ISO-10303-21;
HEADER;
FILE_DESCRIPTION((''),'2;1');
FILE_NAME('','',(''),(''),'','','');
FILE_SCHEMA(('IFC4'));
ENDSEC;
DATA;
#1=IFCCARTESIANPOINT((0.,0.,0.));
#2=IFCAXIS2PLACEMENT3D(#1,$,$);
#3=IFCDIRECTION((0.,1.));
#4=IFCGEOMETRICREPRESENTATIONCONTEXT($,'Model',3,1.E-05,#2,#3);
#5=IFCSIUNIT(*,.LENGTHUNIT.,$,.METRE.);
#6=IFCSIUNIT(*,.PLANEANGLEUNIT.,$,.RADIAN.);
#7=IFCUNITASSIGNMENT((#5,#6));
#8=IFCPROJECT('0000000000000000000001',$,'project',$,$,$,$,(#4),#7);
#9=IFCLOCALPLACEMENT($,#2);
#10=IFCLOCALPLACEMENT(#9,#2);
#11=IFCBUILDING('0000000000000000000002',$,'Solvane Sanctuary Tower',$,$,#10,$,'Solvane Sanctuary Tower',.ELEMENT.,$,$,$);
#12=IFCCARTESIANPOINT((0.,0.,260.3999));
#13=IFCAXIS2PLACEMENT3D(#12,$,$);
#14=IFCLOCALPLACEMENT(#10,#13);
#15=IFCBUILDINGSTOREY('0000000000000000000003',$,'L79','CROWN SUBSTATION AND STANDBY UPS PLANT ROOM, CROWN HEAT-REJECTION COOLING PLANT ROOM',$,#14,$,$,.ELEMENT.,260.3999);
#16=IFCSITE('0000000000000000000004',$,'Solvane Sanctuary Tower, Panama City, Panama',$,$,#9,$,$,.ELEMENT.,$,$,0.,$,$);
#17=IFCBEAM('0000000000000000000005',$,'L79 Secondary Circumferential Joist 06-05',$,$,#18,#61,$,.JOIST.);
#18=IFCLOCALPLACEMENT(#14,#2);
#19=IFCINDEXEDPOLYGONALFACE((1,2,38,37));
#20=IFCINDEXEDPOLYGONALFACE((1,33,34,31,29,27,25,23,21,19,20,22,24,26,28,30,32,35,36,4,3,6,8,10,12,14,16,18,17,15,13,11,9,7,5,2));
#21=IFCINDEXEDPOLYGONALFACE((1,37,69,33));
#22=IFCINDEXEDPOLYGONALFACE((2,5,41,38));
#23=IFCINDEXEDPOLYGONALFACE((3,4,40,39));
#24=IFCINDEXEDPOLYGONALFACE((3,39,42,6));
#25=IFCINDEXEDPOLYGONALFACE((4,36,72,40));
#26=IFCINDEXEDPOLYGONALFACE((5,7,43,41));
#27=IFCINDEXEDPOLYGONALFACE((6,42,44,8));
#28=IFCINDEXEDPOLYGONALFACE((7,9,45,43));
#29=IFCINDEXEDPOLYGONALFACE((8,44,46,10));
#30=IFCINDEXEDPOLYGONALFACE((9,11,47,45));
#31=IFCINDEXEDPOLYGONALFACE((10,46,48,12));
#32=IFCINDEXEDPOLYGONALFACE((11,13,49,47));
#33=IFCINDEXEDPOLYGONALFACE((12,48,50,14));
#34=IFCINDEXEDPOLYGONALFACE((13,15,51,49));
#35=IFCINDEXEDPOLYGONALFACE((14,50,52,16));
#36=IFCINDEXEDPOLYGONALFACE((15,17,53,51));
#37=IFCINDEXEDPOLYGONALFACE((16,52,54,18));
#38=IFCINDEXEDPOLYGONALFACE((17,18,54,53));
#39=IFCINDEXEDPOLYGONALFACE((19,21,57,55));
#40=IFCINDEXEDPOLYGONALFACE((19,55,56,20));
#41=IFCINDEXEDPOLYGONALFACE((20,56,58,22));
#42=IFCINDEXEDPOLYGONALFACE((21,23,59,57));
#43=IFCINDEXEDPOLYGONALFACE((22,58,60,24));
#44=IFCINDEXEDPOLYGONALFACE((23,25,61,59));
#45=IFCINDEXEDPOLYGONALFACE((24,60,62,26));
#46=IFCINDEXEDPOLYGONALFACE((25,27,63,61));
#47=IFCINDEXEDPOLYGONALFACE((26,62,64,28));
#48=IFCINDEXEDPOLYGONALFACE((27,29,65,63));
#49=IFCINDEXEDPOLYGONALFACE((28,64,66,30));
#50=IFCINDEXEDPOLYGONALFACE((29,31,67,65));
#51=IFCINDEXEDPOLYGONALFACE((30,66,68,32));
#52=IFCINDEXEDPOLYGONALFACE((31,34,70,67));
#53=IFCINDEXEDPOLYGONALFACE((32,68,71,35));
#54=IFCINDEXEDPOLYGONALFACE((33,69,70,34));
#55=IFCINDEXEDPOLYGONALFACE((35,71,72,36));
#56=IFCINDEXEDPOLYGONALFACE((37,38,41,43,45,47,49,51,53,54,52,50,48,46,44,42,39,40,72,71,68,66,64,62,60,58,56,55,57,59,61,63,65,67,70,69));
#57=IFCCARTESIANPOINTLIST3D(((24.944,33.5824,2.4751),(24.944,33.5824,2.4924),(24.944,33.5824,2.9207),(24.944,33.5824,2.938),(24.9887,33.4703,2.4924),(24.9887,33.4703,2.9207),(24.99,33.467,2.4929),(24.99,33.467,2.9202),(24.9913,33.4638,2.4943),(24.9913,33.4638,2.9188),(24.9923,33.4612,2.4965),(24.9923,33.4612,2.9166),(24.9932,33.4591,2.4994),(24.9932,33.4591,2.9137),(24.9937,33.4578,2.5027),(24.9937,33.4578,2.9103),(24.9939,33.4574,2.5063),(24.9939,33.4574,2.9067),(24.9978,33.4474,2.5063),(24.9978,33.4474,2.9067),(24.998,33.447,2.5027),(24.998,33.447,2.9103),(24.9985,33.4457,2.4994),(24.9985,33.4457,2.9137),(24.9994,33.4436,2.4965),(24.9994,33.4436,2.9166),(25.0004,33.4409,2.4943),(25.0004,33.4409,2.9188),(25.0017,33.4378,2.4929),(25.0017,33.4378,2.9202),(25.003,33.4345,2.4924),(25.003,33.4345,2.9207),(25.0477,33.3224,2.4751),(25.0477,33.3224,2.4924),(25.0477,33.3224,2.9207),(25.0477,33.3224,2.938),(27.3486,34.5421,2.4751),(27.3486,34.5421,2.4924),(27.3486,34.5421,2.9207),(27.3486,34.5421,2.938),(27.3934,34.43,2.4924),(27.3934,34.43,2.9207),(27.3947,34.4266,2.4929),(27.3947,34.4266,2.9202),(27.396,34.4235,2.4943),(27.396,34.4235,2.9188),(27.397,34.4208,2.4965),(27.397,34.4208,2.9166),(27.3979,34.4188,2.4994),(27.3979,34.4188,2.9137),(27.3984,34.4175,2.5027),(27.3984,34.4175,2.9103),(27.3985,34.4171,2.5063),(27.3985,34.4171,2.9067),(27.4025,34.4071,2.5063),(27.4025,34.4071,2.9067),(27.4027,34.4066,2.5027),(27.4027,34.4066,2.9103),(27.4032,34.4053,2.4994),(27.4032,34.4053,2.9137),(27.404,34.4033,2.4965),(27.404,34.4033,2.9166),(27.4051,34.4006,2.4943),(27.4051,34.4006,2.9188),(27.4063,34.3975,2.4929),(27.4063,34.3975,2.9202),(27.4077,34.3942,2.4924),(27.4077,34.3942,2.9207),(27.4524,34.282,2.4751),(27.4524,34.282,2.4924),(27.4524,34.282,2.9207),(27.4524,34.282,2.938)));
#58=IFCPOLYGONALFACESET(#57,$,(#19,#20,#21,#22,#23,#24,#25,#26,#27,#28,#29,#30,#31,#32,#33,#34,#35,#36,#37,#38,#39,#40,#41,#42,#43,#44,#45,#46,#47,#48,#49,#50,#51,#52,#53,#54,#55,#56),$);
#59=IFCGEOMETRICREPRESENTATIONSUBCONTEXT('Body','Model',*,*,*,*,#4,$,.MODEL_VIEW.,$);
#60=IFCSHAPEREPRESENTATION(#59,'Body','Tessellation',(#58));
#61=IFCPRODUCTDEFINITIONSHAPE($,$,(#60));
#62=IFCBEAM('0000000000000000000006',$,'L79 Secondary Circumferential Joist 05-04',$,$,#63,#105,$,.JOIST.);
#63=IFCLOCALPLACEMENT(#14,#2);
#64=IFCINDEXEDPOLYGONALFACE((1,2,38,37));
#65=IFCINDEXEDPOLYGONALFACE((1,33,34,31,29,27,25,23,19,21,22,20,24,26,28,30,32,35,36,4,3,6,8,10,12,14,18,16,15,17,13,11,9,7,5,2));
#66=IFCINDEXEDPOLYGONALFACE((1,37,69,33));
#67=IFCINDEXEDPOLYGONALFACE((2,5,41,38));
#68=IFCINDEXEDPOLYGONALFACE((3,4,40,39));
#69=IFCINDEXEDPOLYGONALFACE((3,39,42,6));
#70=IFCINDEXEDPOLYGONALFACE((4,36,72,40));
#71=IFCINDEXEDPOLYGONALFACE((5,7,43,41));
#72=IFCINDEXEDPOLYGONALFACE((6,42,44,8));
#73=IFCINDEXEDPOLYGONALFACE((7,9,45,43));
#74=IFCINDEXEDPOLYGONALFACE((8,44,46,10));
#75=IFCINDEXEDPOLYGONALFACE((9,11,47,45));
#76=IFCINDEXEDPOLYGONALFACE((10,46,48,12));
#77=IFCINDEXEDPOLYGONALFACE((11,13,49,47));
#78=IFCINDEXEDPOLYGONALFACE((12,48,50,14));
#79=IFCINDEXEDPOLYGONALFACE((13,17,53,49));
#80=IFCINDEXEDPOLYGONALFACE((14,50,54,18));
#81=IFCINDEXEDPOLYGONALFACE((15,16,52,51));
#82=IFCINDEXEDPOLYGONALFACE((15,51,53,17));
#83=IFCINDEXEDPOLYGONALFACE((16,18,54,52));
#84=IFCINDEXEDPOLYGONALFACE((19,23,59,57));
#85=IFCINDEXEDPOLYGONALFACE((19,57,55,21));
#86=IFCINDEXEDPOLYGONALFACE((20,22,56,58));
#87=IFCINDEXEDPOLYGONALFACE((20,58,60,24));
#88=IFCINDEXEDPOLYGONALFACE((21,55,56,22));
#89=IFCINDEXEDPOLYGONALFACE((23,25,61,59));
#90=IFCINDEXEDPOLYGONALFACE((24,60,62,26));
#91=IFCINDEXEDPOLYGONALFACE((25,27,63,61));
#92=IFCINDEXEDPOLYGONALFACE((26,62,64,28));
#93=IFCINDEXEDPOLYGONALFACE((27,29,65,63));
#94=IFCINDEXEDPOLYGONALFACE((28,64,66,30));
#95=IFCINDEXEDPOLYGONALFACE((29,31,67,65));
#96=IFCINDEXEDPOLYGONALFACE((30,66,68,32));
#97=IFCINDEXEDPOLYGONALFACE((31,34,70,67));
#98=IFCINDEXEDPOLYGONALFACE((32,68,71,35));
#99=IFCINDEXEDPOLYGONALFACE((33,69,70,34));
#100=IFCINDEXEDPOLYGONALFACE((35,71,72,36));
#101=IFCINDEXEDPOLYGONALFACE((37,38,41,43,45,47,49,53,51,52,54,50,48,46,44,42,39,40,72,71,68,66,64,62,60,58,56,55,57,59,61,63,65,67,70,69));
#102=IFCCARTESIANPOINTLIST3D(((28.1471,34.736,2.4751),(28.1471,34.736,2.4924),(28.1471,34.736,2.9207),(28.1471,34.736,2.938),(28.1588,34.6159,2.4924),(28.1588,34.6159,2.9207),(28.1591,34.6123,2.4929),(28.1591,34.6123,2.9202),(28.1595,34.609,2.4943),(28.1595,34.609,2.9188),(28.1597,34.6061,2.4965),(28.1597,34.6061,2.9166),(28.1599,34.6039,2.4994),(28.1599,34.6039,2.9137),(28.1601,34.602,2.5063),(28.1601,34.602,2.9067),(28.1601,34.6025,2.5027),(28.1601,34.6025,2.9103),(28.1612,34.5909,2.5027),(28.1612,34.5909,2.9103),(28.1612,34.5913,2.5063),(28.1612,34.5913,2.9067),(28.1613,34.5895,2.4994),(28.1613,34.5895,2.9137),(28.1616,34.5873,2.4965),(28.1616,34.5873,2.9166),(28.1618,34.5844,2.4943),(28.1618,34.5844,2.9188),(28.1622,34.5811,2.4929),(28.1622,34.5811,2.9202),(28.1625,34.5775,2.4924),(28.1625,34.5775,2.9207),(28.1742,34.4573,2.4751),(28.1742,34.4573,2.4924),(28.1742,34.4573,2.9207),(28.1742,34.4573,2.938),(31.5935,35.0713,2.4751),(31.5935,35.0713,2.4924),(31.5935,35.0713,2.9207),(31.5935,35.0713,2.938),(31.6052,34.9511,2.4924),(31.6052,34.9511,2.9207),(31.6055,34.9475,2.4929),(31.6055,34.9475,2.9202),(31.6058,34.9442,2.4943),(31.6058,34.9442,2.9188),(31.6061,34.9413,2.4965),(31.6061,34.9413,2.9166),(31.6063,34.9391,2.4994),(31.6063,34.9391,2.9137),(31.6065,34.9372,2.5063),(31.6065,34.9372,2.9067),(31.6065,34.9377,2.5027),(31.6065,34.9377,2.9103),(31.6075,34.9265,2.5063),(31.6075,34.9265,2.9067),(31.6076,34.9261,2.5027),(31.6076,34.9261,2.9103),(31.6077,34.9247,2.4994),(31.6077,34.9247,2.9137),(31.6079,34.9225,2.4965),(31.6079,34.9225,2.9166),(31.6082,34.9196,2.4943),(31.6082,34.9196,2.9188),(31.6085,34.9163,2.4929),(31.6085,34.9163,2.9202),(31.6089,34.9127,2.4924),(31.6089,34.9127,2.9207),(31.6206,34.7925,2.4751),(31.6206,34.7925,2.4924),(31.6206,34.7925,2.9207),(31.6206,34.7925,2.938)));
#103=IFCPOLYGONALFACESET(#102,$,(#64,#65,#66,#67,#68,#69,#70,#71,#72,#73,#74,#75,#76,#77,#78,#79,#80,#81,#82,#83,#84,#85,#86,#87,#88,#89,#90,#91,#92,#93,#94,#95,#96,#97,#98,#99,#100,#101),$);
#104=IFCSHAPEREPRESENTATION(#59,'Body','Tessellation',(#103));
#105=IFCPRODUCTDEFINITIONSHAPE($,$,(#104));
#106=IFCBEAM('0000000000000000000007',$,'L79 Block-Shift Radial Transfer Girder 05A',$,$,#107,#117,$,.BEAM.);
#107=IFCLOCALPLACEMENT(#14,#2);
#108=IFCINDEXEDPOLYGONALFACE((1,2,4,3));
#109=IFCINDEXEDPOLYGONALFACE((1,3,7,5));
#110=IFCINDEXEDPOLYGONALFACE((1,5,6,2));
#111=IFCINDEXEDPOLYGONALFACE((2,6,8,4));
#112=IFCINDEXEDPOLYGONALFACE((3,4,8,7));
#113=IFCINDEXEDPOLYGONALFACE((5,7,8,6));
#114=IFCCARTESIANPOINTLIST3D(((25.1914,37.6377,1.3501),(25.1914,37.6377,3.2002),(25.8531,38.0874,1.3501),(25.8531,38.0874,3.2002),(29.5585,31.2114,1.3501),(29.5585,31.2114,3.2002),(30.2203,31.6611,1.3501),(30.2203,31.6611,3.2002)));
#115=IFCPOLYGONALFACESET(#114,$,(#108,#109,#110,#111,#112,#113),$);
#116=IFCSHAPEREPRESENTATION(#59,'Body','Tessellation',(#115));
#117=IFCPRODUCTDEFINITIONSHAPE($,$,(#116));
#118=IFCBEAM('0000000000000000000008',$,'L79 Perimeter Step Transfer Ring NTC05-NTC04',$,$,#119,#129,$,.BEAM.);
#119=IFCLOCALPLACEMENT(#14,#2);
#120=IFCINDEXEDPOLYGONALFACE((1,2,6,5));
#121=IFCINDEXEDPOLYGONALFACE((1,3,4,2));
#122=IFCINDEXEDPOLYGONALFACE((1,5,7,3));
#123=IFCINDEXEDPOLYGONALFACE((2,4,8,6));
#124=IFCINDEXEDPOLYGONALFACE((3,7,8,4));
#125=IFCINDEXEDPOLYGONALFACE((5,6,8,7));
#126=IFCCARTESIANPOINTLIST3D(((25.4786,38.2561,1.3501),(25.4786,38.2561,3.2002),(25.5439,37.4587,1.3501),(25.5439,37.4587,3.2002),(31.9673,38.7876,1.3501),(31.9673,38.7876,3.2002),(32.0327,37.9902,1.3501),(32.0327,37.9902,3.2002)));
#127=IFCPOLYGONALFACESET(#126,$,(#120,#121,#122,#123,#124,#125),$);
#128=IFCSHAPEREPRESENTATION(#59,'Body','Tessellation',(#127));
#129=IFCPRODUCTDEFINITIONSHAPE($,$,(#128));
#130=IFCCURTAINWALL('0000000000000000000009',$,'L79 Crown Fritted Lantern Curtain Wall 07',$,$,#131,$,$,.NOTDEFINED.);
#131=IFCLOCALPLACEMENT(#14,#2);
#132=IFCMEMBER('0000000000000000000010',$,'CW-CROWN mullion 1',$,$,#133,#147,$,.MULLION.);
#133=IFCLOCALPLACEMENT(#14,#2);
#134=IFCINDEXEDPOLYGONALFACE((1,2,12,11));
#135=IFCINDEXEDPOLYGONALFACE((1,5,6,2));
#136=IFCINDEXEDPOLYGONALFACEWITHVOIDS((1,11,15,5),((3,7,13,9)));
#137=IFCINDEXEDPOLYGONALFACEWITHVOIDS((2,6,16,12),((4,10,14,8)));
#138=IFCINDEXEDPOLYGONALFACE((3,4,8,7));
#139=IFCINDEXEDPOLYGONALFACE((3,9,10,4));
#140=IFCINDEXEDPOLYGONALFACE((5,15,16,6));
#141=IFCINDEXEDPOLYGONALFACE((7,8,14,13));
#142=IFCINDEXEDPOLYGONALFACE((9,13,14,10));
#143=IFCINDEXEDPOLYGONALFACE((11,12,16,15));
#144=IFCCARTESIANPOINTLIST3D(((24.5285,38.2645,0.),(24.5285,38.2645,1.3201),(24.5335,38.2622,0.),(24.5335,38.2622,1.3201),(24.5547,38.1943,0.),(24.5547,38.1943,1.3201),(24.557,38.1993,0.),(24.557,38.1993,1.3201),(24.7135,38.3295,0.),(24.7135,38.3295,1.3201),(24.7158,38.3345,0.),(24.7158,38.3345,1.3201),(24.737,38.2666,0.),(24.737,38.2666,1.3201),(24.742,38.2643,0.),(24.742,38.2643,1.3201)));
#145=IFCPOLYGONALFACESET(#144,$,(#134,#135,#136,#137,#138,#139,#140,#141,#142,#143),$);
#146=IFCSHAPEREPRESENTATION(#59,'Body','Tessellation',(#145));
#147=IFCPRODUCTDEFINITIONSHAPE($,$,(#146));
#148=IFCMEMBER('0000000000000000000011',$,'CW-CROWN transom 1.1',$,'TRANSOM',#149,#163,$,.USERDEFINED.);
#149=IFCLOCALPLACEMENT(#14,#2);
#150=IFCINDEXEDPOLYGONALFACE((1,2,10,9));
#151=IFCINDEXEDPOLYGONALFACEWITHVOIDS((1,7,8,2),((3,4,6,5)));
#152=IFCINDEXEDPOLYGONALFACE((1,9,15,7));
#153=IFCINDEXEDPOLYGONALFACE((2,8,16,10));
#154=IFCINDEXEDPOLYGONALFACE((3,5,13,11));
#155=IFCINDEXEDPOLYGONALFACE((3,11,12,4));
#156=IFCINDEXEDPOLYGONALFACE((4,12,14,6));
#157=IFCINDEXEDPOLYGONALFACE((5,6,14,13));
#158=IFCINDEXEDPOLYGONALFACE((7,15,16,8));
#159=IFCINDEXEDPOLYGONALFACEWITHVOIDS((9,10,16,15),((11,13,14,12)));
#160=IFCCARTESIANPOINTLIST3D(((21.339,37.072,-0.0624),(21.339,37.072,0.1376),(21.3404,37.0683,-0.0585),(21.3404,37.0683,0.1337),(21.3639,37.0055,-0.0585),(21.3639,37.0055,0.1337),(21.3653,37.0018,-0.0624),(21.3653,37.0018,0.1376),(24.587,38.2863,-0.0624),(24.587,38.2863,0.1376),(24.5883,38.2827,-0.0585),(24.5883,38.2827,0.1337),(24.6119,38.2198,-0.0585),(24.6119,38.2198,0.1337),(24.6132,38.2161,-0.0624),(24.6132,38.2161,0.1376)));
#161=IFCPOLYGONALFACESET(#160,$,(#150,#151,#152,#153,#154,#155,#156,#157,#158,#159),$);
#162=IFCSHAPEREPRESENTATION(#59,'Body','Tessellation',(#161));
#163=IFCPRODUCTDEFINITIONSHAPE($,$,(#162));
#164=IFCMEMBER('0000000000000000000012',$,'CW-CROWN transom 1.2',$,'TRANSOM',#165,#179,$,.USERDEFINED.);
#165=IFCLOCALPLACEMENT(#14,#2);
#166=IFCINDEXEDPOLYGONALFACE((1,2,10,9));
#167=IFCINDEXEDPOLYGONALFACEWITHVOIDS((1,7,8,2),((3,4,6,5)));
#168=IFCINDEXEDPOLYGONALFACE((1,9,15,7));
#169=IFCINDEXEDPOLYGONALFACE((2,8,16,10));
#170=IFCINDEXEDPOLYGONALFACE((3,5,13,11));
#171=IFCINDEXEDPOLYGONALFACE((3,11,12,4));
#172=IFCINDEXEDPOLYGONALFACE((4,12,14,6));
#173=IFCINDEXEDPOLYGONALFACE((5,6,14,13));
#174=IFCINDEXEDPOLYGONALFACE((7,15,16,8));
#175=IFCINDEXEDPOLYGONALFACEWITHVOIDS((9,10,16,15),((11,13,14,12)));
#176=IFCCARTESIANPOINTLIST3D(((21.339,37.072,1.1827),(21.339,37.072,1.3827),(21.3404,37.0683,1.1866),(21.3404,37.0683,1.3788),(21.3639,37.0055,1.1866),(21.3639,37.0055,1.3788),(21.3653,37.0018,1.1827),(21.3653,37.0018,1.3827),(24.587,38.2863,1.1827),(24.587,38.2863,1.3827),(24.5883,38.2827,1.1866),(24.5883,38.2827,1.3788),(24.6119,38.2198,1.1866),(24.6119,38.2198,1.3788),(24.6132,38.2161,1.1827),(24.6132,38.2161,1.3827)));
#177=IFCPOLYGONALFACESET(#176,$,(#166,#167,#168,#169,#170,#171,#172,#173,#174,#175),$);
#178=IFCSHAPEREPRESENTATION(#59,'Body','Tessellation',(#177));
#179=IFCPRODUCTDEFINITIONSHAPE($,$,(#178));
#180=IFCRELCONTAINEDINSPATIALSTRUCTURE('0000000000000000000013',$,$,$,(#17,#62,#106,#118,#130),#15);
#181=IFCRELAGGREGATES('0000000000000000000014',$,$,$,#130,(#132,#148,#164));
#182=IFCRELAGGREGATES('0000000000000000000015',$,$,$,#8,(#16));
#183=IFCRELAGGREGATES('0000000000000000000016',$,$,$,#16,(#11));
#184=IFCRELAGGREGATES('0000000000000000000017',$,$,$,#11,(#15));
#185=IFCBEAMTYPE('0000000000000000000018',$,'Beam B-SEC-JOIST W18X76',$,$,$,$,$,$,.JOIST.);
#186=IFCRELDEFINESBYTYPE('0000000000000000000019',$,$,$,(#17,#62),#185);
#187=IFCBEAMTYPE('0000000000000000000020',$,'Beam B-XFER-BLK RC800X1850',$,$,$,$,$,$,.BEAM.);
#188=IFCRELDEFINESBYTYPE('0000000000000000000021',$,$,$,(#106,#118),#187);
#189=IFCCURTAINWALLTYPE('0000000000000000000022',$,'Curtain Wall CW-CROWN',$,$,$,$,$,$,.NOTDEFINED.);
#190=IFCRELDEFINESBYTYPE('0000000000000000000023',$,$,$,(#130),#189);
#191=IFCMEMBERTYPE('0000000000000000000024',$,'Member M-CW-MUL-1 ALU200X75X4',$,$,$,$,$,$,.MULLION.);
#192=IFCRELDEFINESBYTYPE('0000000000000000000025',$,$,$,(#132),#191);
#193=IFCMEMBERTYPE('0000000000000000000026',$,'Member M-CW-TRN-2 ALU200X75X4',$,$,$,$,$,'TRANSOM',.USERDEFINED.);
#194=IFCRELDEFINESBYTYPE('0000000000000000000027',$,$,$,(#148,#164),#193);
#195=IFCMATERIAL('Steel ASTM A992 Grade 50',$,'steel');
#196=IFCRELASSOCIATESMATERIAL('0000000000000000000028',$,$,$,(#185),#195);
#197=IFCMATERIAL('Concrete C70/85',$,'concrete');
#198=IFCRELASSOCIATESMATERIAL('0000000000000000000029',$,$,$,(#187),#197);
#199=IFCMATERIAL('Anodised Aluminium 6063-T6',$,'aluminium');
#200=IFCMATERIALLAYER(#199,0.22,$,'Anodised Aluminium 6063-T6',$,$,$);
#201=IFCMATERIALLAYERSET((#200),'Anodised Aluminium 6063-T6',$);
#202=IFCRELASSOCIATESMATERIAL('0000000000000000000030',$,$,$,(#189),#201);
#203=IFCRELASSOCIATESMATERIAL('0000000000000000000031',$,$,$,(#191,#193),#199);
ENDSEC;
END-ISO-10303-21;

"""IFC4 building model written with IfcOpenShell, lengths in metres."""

from ifc_helpers import new_model, si_unit, direction, frame, origin, origin_2d, place, context, subcontext, project, spatial, rectangle, hollow_rectangle, i_section, extrude, material, layer, layer_set, material_profile, profile_set, type_object, element, aggregate, save


model = new_model("IFC4")

# Units and contexts
model_context = context("Model", 3, precision=1e-05, world=origin(), true_north=direction((0.0, 1.0)))
body_context = subcontext(model_context, "Body", "Model", "MODEL_VIEW")
ifc_project = project(units=[si_unit("LENGTHUNIT", "METRE"), si_unit("PLANEANGLEUNIT", "RADIAN")], contexts=[model_context])

# Site, building, storey
site_placement = place(None, origin())
site = spatial("IfcSite", under=ifc_project, at=site_placement, Name="Solvane Sanctuary Tower, Panama City, Panama", CompositionType="ELEMENT", RefElevation=0.0)
building_placement = place(site_placement, origin())
building = spatial("IfcBuilding", under=site, at=building_placement, Name="Solvane Sanctuary Tower", LongName="Solvane Sanctuary Tower", CompositionType="ELEMENT")
storey_placement = place(building_placement, frame((0.0, 0.0, 260.3999)))
storey = spatial("IfcBuildingStorey", under=building, at=storey_placement, Name="L79", Description="CROWN SUBSTATION AND STANDBY UPS PLANT ROOM, CROWN HEAT-REJECTION COOLING PLANT ROOM", CompositionType="ELEMENT", Elevation=260.3999)

# Beams
ifc_material_1 = material(Name="Steel ASTM A992 Grade 50", Category="steel")
ifc_material_profile_1 = material_profile(ifc_material_1, i_section(OverallWidth=0.28, OverallDepth=0.4629, WebThickness=0.0107, FlangeThickness=0.0173, FilletRadius=0.0139, at=origin_2d()), Name="W18X76")
ifc_profile_set_1 = profile_set([ifc_material_profile_1], Name="Steel ASTM A992 Grade 50")
beam_type_1 = type_object("IfcBeamType", Name="Beam B-SEC-JOIST W18X76", PredefinedType="JOIST", material=ifc_profile_set_1)
beam_1_placement = place(storey_placement, frame((24.9958, 33.4524, 2.7065), z_axis=(0.928769, 0.370659, 0.0), x_axis=(-0.370659, 0.928769, 0.0)))
element("IfcBeam", 1, at=beam_1_placement, inside=storey, type_object=beam_type_1, Name="L79 Secondary Circumferential Joist 06-05", PredefinedType="JOIST", context=body_context, shape_type="SweptSolid", body=[
    extrude(i_section(OverallWidth=0.28, OverallDepth=0.4629, WebThickness=0.0107, FlangeThickness=0.0173, FilletRadius=0.0139, at=origin_2d()), origin(), (0.0, 0.0, 1.0), 2.5891),
])
beam_2_placement = place(storey_placement, frame((28.1606, 34.5967, 2.7065), z_axis=(0.995303, 0.096809, 0.0), x_axis=(-0.096809, 0.995303, 0.0)))
element("IfcBeam", 2, at=beam_2_placement, inside=storey, type_object=beam_type_1, Name="L79 Secondary Circumferential Joist 05-04", PredefinedType="JOIST", context=body_context, shape_type="SweptSolid", body=[
    extrude(i_section(OverallWidth=0.28, OverallDepth=0.4629, WebThickness=0.0107, FlangeThickness=0.0173, FilletRadius=0.0139, at=origin_2d()), origin(), (0.0, 0.0, 1.0), 3.4626),
])
ifc_material_2 = material(Name="Concrete C70/85", Category="concrete")
ifc_material_profile_2 = material_profile(ifc_material_2, rectangle(XDim=0.8, YDim=1.8501, at=origin_2d()), Name="RC800X1850")
ifc_profile_set_2 = profile_set([ifc_material_profile_2], Name="Concrete C70/85")
beam_type_2 = type_object("IfcBeamType", Name="Beam B-XFER-BLK RC800X1850", PredefinedType="BEAM", material=ifc_profile_set_2)
beam_3_placement = place(storey_placement, frame((29.8894, 31.4363, 2.2751), z_axis=(-0.562075, 0.827087, 0.0), x_axis=(-0.827087, -0.562075, 0.0)))
element("IfcBeam", 3, at=beam_3_placement, inside=storey, type_object=beam_type_2, Name="L79 Block-Shift Radial Transfer Girder 05A", PredefinedType="BEAM", context=body_context, shape_type="SweptSolid", body=[
    extrude(rectangle(XDim=0.8, YDim=1.8501, at=origin_2d()), origin(), (0.0, 0.0, 1.0), 7.7698),
])
beam_4_placement = place(storey_placement, frame((25.5112, 37.8574, 2.2751), z_axis=(0.996662, 0.081636, 0.0), x_axis=(-0.081636, 0.996662, 0.0)))
element("IfcBeam", 4, at=beam_4_placement, inside=storey, type_object=beam_type_2, Name="L79 Perimeter Step Transfer Ring NTC05-NTC04", PredefinedType="BEAM", context=body_context, shape_type="SweptSolid", body=[
    extrude(rectangle(XDim=0.8, YDim=1.8501, at=origin_2d()), origin(), (0.0, 0.0, 1.0), 6.5105),
])

# Curtain wall, members
ifc_material_3 = material(Name="Anodised Aluminium 6063-T6", Category="aluminium")
ifc_layer_1 = layer(ifc_material_3, 0.22, Name="Anodised Aluminium 6063-T6")
ifc_layer_set_1 = layer_set([ifc_layer_1], Name="Anodised Aluminium 6063-T6")
curtain_wall_type = type_object("IfcCurtainWallType", Name="Curtain Wall CW-CROWN", PredefinedType="NOTDEFINED", material=ifc_layer_set_1)
curtain_wall_placement = place(storey_placement, origin())
curtain_wall = element("IfcCurtainWall", 5, at=curtain_wall_placement, inside=storey, type_object=curtain_wall_type, Name="L79 Crown Fritted Lantern Curtain Wall 07", PredefinedType="NOTDEFINED")
ifc_material_profile_3 = material_profile(ifc_material_3, hollow_rectangle(XDim=0.075, YDim=0.2, WallThickness=0.0039, at=origin_2d()), Name="ALU200X75X4")
ifc_profile_set_3 = profile_set([ifc_material_profile_3], Name="Anodised Aluminium 6063-T6")
member_type_1 = type_object("IfcMemberType", Name="Member M-CW-MUL-1 ALU200X75X4", PredefinedType="MULLION", material=ifc_profile_set_3)
member_1_placement = place(storey_placement, frame((24.6353, 38.2644, 0.0), z_axis=(0.0, 0.0, 1.0), x_axis=(0.350163, -0.936689, 0.0)))
member_1 = element("IfcMember", 6, at=member_1_placement, type_object=member_type_1, Name="CW-CROWN mullion 1", PredefinedType="MULLION", context=body_context, shape_type="SweptSolid", body=[
    extrude(hollow_rectangle(XDim=0.075, YDim=0.2, WallThickness=0.0039, at=origin_2d()), origin(), (0.0, 0.0, 1.0), 1.3201),
])
ifc_material_profile_4 = material_profile(ifc_material_3, hollow_rectangle(XDim=0.075, YDim=0.2, WallThickness=0.0039, at=origin_2d()), Name="ALU200X75X4")
ifc_profile_set_4 = profile_set([ifc_material_profile_4], Name="Anodised Aluminium 6063-T6")
member_type_2 = type_object("IfcMemberType", Name="Member M-CW-TRN-2 ALU200X75X4", ElementType="TRANSOM", PredefinedType="USERDEFINED", material=ifc_profile_set_4)
member_2_placement = place(storey_placement, frame((24.6001, 38.2512, 0.0376), z_axis=(-0.936676, -0.350197, 0.0), x_axis=(0.350197, -0.936676, 0.0)))
member_2 = element("IfcMember", 7, at=member_2_placement, type_object=member_type_2, Name="CW-CROWN transom 1.1", ObjectType="TRANSOM", PredefinedType="USERDEFINED", context=body_context, shape_type="SweptSolid", body=[
    extrude(hollow_rectangle(XDim=0.075, YDim=0.2, WallThickness=0.0039, at=origin_2d()), origin(), (0.0, 0.0, 1.0), 3.4675),
])
member_3_placement = place(storey_placement, frame((24.6001, 38.2512, 1.2827), z_axis=(-0.936676, -0.350197, 0.0), x_axis=(0.350197, -0.936676, 0.0)))
member_3 = element("IfcMember", 8, at=member_3_placement, type_object=member_type_2, Name="CW-CROWN transom 1.2", ObjectType="TRANSOM", PredefinedType="USERDEFINED", context=body_context, shape_type="SweptSolid", body=[
    extrude(hollow_rectangle(XDim=0.075, YDim=0.2, WallThickness=0.0039, at=origin_2d()), origin(), (0.0, 0.0, 1.0), 3.4675),
])

aggregate(curtain_wall, [member_1, member_2, member_3])

save(model, "model.ifc")
